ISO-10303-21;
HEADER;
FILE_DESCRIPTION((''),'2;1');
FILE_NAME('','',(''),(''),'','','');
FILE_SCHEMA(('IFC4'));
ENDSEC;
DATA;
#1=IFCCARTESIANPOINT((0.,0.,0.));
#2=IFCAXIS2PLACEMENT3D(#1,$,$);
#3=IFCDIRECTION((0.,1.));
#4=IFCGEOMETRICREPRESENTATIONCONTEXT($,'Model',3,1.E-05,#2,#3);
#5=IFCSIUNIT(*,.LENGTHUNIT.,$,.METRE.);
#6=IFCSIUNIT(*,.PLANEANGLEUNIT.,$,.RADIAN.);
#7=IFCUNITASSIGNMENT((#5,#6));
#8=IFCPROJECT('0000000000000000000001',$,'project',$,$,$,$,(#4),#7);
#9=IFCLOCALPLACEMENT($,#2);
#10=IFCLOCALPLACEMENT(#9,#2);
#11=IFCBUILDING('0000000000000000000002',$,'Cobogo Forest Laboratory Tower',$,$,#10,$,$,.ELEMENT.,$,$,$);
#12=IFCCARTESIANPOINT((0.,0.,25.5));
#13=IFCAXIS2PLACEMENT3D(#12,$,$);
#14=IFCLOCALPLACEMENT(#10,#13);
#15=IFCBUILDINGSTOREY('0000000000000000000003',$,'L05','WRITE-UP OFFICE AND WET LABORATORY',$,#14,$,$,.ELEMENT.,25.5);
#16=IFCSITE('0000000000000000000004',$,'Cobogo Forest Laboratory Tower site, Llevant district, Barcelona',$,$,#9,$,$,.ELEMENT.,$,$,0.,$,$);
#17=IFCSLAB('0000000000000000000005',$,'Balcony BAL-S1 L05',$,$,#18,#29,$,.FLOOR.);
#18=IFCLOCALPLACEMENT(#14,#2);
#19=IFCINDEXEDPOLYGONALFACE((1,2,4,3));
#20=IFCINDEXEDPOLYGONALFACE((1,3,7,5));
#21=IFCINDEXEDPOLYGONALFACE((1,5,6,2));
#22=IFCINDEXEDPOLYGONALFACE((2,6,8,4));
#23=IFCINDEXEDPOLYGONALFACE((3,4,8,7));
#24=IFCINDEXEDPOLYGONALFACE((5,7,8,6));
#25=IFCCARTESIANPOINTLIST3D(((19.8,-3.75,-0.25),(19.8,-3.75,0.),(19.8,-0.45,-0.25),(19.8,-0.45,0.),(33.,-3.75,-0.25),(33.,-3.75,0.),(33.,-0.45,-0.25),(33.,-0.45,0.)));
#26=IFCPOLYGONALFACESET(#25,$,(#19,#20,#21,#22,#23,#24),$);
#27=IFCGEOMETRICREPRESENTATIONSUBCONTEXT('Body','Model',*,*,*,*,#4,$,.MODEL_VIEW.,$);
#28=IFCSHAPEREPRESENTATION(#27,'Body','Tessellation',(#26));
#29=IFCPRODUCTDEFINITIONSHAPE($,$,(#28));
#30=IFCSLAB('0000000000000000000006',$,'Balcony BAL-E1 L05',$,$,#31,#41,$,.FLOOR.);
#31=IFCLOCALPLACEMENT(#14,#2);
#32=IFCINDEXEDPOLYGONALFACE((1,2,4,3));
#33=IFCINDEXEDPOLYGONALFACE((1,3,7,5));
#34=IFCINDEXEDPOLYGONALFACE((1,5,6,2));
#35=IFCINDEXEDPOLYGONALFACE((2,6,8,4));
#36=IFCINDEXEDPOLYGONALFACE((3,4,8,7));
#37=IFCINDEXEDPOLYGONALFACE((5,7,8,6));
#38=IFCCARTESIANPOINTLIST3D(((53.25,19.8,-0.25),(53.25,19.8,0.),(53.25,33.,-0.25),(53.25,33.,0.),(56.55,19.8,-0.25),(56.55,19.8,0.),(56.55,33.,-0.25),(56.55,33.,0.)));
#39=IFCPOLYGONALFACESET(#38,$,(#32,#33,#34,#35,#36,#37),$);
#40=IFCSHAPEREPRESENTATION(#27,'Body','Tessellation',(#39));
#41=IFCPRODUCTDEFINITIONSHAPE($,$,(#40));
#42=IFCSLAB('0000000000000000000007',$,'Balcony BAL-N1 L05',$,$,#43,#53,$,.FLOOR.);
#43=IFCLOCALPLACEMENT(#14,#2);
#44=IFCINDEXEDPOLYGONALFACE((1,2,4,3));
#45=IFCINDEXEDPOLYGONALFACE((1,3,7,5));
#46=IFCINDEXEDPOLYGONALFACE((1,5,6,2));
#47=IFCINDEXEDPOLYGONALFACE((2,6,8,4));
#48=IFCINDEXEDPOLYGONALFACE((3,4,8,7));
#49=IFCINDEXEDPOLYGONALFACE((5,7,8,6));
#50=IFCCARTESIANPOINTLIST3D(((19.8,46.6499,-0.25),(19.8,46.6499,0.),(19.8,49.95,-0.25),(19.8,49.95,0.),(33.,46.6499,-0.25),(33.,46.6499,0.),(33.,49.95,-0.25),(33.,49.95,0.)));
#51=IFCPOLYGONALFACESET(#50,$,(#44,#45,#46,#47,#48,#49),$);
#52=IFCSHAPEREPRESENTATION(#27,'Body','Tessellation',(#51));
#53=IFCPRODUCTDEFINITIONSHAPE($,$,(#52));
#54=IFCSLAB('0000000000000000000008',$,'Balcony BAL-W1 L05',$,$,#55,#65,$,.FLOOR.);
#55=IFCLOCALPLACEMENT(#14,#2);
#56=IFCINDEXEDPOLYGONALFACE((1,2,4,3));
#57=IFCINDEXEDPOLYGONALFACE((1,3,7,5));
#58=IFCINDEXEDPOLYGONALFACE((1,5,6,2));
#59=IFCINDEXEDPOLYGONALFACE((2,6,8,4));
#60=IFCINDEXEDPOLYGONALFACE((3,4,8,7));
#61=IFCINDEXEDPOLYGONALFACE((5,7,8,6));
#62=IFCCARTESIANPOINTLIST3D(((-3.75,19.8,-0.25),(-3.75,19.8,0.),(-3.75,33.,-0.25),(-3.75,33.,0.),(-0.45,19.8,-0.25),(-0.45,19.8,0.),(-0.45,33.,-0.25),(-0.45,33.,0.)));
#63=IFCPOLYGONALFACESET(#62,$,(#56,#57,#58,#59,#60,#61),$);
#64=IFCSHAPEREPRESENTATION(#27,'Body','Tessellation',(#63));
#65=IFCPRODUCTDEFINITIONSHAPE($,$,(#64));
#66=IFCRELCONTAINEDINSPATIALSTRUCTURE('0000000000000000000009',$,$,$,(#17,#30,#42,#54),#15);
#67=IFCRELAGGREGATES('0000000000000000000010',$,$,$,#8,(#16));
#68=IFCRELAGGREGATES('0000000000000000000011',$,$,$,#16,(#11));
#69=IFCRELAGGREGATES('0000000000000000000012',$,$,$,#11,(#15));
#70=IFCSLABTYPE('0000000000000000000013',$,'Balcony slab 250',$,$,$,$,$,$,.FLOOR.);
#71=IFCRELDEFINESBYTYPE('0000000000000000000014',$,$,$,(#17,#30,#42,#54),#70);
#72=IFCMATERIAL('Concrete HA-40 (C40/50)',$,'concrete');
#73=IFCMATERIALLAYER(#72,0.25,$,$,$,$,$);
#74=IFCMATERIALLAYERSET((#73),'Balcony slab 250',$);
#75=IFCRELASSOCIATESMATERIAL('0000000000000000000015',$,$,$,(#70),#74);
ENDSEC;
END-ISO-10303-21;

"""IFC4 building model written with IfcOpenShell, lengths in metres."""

from ifc_helpers import new_model, si_unit, direction, frame, origin, place, context, subcontext, project, spatial, polyline, outline, extrude, material, layer, layer_set, type_object, element, save


model = new_model("IFC4")

# Units and contexts
model_context = context("Model", 3, precision=1e-05, world=origin(), true_north=direction((0.0, 1.0)))
body_context = subcontext(model_context, "Body", "Model", "MODEL_VIEW")
ifc_project = project(units=[si_unit("LENGTHUNIT", "METRE"), si_unit("PLANEANGLEUNIT", "RADIAN")], contexts=[model_context])

# Site, building, storey
site_placement = place(None, origin())
site = spatial("IfcSite", under=ifc_project, at=site_placement, Name="Cobogo Forest Laboratory Tower site, Llevant district, Barcelona", CompositionType="ELEMENT", RefElevation=0.0)
building_placement = place(site_placement, origin())
building = spatial("IfcBuilding", under=site, at=building_placement, Name="Cobogo Forest Laboratory Tower", CompositionType="ELEMENT")
storey_placement = place(building_placement, frame((0.0, 0.0, 25.5)))
storey = spatial("IfcBuildingStorey", under=building, at=storey_placement, Name="L05", Description="WRITE-UP OFFICE AND WET LABORATORY", CompositionType="ELEMENT", Elevation=25.5)

# Slabs
ifc_material_1 = material(Name="Concrete HA-40 (C40/50)", Category="concrete")
ifc_layer_1 = layer(ifc_material_1, 0.25)
ifc_layer_set_1 = layer_set([ifc_layer_1], Name="Balcony slab 250")
slab_type_1 = type_object("IfcSlabType", Name="Balcony slab 250", PredefinedType="FLOOR", material=ifc_layer_set_1)
slab_1_placement = place(storey_placement, frame((0.0, 0.0, -0.25)))
element("IfcSlab", 1, at=slab_1_placement, inside=storey, type_object=slab_type_1, Name="Balcony BAL-S1 L05", PredefinedType="FLOOR", context=body_context, shape_type="SweptSolid", body=[
    extrude(outline(polyline([(19.8, -3.75), (33.0, -3.75), (33.0, -0.45), (19.8, -0.45), (19.8, -3.75)])), origin(), (0.0, 0.0, 1.0), 0.25),
])
slab_2_placement = place(storey_placement, frame((0.0, 0.0, -0.25)))
element("IfcSlab", 2, at=slab_2_placement, inside=storey, type_object=slab_type_1, Name="Balcony BAL-E1 L05", PredefinedType="FLOOR", context=body_context, shape_type="SweptSolid", body=[
    extrude(outline(polyline([(53.25, 19.8), (56.55, 19.8), (56.55, 33.0), (53.25, 33.0), (53.25, 19.8)])), origin(), (0.0, 0.0, 1.0), 0.25),
])
slab_3_placement = place(storey_placement, frame((0.0, 0.0, -0.25)))
element("IfcSlab", 3, at=slab_3_placement, inside=storey, type_object=slab_type_1, Name="Balcony BAL-N1 L05", PredefinedType="FLOOR", context=body_context, shape_type="SweptSolid", body=[
    extrude(outline(polyline([(19.8, 46.6499), (33.0, 46.6499), (33.0, 49.95), (19.8, 49.95), (19.8, 46.6499)])), origin(), (0.0, 0.0, 1.0), 0.25),
])
slab_4_placement = place(storey_placement, frame((0.0, 0.0, -0.25)))
element("IfcSlab", 4, at=slab_4_placement, inside=storey, type_object=slab_type_1, Name="Balcony BAL-W1 L05", PredefinedType="FLOOR", context=body_context, shape_type="SweptSolid", body=[
    extrude(outline(polyline([(-3.75, 19.8), (-0.45, 19.8), (-0.45, 33.0), (-3.75, 33.0), (-3.75, 19.8)])), origin(), (0.0, 0.0, 1.0), 0.25),
])

save(model, "model.ifc")
